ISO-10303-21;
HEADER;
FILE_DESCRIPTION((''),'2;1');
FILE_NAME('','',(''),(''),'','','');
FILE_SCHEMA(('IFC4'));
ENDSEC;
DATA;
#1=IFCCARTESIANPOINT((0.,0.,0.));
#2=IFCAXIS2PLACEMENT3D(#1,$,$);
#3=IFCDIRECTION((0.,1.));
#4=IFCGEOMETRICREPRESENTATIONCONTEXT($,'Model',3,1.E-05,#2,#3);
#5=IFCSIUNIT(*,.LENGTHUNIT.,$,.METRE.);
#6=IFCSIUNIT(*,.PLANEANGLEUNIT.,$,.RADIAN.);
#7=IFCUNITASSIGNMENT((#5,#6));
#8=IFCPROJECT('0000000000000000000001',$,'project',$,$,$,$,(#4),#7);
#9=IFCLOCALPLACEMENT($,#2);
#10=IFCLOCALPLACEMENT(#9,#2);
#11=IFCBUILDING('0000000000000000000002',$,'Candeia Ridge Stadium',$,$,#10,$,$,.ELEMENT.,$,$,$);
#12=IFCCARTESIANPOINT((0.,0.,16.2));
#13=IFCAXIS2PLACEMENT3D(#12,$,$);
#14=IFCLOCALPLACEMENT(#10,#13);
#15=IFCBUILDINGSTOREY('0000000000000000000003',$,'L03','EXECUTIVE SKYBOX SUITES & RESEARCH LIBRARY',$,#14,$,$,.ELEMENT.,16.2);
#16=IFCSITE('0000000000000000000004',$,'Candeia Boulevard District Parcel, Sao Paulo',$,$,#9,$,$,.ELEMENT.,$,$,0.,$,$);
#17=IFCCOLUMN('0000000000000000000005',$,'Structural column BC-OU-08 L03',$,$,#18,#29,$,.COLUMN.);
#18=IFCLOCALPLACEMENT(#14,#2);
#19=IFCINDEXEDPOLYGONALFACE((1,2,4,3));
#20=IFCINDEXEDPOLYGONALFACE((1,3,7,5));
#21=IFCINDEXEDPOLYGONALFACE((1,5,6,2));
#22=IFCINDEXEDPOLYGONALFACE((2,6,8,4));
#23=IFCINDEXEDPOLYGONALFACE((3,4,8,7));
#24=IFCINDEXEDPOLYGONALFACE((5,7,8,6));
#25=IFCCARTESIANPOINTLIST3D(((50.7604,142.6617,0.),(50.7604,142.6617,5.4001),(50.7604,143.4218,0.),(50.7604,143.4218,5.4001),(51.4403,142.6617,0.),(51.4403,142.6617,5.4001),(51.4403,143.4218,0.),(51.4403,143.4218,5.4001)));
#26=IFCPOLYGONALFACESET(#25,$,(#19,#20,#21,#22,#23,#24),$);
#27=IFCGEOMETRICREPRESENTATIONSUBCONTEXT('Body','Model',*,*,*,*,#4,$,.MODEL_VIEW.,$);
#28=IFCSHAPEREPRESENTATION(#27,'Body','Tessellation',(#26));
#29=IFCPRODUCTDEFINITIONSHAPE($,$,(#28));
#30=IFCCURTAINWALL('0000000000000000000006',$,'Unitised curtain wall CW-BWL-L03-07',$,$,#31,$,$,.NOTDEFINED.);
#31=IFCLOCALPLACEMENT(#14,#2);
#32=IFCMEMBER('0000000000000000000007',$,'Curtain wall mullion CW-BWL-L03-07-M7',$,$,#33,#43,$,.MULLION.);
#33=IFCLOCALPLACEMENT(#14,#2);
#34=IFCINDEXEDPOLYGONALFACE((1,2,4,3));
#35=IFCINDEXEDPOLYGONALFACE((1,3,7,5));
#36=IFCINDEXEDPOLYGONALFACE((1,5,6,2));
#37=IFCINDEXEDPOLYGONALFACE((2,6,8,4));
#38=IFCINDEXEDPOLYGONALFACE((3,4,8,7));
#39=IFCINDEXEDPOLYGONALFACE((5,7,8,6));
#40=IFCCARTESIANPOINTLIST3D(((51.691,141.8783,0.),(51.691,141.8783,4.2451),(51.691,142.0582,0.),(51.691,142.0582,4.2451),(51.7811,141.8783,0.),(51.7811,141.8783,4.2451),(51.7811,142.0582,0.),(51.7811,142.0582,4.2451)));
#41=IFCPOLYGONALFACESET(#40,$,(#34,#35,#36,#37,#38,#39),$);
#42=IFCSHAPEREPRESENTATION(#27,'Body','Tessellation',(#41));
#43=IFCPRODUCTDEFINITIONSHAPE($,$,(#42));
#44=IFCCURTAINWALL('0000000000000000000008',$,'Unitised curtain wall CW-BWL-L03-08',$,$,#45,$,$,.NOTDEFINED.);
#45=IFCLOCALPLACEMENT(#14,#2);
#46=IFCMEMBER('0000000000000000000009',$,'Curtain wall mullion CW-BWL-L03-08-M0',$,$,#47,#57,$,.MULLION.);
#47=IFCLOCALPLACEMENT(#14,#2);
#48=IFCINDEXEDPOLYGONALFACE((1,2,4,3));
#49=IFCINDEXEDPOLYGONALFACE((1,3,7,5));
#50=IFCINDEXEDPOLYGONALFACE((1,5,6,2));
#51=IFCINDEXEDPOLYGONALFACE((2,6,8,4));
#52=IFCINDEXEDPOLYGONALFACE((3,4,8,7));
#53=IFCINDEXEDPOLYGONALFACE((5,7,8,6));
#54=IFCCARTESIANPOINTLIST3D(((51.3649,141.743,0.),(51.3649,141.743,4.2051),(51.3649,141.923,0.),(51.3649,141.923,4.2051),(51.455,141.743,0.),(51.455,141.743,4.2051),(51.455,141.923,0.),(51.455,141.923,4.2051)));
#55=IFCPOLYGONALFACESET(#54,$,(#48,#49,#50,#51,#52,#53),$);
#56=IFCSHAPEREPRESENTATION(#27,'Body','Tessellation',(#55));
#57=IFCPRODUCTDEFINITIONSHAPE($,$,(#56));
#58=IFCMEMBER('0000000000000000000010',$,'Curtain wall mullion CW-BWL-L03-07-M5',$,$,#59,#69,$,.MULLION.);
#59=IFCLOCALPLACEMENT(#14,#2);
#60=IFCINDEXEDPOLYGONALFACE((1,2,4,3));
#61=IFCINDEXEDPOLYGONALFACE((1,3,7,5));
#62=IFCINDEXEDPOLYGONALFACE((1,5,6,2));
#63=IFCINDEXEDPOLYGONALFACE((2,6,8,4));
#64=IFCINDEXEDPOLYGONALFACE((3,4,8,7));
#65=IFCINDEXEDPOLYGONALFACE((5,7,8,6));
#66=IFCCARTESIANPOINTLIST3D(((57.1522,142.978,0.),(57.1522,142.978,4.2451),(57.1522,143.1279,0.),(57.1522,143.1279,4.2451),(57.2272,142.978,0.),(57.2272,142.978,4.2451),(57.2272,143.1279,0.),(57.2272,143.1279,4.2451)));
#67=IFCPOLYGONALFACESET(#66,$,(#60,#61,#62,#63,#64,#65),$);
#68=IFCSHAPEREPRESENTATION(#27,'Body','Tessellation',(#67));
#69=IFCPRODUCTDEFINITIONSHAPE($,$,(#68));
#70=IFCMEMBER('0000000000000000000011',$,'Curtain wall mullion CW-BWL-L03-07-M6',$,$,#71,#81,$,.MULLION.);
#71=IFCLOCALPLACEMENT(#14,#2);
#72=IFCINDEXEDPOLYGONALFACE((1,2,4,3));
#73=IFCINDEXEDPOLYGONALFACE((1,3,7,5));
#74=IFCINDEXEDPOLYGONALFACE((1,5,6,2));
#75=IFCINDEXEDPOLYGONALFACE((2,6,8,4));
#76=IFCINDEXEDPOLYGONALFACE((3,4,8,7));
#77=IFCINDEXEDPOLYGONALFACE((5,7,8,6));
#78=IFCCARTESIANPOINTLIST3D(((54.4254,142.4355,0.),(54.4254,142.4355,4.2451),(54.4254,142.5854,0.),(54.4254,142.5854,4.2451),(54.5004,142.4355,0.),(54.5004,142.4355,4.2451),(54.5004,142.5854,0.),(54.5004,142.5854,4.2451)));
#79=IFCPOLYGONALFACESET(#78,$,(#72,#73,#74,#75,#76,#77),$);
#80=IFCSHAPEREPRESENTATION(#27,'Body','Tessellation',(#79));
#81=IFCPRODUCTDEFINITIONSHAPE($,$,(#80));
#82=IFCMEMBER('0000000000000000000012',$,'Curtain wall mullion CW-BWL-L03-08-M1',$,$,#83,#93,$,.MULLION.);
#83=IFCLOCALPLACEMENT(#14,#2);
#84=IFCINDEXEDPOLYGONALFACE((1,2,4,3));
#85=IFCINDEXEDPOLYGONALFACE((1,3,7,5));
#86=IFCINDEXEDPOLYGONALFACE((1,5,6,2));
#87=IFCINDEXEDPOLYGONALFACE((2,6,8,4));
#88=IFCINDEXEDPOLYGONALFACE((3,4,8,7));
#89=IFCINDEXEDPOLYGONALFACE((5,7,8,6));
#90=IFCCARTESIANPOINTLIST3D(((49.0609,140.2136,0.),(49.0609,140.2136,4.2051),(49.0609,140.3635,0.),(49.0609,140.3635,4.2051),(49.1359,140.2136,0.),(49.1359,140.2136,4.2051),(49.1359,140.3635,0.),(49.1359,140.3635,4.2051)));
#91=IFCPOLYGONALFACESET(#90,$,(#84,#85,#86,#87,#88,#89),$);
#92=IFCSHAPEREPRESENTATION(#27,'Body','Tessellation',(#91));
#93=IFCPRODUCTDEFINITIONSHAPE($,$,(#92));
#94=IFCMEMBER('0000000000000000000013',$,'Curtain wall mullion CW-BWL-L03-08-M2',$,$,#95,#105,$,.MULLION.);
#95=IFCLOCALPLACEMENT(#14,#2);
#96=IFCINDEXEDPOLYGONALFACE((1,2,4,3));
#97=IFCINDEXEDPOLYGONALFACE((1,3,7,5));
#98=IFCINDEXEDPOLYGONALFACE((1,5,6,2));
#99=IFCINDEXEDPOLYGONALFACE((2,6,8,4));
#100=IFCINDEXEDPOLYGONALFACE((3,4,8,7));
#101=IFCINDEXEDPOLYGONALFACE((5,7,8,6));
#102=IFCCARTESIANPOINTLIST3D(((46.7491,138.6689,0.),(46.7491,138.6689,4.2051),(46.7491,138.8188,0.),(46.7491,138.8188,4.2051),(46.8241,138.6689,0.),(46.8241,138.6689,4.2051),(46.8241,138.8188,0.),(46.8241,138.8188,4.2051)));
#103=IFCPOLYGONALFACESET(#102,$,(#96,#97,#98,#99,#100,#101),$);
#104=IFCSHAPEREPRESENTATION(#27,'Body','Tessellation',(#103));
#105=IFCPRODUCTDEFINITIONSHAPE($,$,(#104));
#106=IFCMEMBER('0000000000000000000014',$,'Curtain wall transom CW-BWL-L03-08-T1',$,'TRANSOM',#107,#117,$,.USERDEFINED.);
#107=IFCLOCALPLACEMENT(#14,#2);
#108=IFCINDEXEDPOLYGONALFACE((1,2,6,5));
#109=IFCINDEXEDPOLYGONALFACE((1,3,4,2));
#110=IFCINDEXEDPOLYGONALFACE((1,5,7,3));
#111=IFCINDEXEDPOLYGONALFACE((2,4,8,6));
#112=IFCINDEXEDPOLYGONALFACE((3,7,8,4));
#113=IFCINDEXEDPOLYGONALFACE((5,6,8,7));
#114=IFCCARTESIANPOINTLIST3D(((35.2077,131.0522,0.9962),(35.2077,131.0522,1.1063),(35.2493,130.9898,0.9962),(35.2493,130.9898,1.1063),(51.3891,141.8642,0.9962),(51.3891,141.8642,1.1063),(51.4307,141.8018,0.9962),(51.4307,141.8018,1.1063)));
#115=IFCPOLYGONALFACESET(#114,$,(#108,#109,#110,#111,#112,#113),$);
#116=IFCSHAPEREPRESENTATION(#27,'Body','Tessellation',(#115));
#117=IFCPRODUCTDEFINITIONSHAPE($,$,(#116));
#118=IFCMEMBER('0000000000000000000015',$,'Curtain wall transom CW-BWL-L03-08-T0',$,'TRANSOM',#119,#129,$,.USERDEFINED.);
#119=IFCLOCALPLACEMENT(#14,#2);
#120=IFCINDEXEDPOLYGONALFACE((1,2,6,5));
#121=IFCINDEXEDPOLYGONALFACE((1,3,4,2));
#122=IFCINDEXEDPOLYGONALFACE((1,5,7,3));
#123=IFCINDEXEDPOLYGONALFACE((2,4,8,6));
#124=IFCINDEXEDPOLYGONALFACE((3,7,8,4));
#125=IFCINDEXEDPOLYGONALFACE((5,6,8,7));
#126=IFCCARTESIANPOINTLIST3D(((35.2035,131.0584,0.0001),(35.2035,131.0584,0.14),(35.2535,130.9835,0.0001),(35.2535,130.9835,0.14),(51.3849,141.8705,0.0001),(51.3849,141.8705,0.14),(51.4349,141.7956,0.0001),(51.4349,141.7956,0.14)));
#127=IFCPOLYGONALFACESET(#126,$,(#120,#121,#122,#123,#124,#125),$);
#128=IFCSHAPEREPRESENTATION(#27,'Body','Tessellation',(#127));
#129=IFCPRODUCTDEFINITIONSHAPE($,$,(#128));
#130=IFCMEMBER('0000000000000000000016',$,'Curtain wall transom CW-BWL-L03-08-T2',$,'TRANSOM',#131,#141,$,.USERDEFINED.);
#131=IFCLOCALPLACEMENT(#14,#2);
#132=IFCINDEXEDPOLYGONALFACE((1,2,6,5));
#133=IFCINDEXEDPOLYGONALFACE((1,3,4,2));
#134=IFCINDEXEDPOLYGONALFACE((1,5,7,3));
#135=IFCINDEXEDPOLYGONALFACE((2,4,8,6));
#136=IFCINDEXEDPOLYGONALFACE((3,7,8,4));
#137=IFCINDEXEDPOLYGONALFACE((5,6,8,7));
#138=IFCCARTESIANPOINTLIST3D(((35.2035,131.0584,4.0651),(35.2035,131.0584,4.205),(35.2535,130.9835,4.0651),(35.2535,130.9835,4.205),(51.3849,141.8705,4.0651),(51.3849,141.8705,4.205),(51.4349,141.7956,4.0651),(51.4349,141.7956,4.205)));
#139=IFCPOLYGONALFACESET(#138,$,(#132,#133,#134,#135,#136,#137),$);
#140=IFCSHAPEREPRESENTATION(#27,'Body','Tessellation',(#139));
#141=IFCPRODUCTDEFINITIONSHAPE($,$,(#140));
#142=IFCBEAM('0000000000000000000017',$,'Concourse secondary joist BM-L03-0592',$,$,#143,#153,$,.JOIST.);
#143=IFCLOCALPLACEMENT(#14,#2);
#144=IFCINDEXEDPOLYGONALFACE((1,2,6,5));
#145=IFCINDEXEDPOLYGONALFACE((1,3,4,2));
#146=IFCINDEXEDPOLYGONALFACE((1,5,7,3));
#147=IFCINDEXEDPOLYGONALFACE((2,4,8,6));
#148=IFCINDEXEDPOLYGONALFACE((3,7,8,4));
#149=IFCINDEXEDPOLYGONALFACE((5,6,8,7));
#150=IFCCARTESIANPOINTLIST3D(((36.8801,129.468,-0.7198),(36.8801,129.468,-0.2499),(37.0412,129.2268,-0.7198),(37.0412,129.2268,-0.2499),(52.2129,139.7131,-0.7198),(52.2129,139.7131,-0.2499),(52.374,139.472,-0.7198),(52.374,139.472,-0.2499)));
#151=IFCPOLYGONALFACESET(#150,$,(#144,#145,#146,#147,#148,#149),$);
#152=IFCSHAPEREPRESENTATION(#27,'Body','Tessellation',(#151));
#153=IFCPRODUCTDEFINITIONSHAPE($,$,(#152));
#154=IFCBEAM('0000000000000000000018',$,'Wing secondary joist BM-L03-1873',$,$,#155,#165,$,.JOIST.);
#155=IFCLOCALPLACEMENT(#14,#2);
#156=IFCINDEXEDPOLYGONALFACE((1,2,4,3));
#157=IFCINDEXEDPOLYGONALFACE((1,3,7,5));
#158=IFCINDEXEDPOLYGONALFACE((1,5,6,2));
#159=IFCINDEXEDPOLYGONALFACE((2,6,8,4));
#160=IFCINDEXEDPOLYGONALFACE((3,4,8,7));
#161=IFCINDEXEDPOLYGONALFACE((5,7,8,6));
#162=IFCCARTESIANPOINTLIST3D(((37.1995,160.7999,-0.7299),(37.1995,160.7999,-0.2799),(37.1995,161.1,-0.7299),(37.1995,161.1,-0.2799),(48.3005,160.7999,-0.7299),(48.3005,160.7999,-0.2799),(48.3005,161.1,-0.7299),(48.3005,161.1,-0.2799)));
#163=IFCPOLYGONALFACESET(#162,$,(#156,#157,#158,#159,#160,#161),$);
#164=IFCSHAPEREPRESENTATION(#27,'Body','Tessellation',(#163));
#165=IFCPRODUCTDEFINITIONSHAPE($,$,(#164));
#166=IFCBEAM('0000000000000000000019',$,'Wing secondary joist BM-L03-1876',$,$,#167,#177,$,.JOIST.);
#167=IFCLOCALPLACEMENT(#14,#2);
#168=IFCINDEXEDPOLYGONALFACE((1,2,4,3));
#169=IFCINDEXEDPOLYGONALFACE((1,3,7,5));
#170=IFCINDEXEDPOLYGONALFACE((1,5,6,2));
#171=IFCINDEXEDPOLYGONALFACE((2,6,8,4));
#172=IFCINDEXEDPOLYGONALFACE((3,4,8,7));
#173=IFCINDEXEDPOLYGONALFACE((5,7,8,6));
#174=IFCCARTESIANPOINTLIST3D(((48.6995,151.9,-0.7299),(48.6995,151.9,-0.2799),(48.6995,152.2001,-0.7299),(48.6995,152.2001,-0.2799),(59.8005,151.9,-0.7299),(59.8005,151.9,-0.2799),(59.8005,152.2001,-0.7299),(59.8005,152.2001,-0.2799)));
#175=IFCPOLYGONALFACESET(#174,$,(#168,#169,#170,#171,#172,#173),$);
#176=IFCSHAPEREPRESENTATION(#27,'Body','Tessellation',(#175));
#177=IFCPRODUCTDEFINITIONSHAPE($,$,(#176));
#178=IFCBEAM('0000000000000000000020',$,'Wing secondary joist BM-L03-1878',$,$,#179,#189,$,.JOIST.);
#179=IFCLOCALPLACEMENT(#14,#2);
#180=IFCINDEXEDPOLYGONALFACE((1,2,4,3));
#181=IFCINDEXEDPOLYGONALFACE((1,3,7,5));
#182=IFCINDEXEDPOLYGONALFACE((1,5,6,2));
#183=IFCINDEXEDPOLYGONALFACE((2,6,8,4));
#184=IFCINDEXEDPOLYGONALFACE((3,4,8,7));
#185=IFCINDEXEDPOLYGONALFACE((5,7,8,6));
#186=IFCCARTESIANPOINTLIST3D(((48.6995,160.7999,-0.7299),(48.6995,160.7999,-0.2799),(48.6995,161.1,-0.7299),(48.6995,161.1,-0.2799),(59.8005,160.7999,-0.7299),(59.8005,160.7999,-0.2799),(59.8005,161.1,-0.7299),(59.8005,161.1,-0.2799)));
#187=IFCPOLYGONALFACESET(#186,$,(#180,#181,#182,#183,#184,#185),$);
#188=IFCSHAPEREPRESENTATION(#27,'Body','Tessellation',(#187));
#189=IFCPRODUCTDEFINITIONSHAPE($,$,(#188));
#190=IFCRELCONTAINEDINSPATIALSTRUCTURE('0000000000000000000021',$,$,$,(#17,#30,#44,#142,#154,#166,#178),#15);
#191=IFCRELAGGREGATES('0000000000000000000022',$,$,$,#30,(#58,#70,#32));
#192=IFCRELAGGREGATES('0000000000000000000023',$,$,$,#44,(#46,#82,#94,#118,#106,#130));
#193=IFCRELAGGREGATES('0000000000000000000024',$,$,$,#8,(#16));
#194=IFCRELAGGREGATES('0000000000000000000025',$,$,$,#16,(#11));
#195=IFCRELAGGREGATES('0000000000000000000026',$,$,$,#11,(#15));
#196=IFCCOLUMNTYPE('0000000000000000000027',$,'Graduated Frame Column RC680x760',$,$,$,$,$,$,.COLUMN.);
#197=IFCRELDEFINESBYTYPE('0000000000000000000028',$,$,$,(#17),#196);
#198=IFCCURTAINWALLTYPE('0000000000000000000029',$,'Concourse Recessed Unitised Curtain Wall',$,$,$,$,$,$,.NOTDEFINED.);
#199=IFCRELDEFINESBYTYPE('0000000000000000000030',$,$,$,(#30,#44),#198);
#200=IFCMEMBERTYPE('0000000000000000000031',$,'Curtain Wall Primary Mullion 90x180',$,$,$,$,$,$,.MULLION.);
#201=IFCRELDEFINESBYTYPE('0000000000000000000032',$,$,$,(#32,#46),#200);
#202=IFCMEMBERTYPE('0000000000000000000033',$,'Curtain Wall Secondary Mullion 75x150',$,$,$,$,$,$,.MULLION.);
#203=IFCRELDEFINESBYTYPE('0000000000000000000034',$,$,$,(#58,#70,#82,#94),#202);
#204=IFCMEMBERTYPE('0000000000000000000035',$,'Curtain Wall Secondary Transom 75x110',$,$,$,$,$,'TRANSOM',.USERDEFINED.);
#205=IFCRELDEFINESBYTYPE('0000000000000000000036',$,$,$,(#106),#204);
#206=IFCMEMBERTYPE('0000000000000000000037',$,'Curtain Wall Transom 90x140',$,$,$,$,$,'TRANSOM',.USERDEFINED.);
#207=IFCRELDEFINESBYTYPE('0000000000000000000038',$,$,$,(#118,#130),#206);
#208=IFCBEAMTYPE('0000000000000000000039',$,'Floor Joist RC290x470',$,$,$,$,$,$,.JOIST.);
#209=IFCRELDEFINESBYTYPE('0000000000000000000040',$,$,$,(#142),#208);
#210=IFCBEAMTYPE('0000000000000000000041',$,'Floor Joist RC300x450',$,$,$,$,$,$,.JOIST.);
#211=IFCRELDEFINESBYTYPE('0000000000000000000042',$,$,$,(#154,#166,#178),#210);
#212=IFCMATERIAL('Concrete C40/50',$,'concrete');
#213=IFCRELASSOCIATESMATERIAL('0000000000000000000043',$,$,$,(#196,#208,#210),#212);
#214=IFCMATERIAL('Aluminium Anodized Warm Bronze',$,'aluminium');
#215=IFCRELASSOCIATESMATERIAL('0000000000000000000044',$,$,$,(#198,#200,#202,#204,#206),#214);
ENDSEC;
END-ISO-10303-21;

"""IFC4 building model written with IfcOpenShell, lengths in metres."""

from ifc_helpers import new_model, si_unit, direction, frame, origin, origin_2d, place, context, subcontext, project, spatial, rectangle, extrude, material, material_profile, profile_set, type_object, element, aggregate, save


model = new_model("IFC4")

# Units and contexts
model_context = context("Model", 3, precision=1e-05, world=origin(), true_north=direction((0.0, 1.0)))
body_context = subcontext(model_context, "Body", "Model", "MODEL_VIEW")
ifc_project = project(units=[si_unit("LENGTHUNIT", "METRE"), si_unit("PLANEANGLEUNIT", "RADIAN")], contexts=[model_context])

# Site, building, storey
site_placement = place(None, origin())
site = spatial("IfcSite", under=ifc_project, at=site_placement, Name="Candeia Boulevard District Parcel, Sao Paulo", CompositionType="ELEMENT", RefElevation=0.0)
building_placement = place(site_placement, origin())
building = spatial("IfcBuilding", under=site, at=building_placement, Name="Candeia Ridge Stadium", CompositionType="ELEMENT")
storey_placement = place(building_placement, frame((0.0, 0.0, 16.2)))
storey = spatial("IfcBuildingStorey", under=building, at=storey_placement, Name="L03", Description="EXECUTIVE SKYBOX SUITES & RESEARCH LIBRARY", CompositionType="ELEMENT", Elevation=16.2)

# Column
ifc_material_1 = material(Name="Concrete C40/50", Category="concrete")
ifc_material_profile_1 = material_profile(ifc_material_1, rectangle(XDim=0.6799, YDim=0.76, at=origin_2d()), Name="RC680x760", Category="concrete")
ifc_profile_set_1 = profile_set([ifc_material_profile_1], Name="Concrete C40/50")
column_type = type_object("IfcColumnType", Name="Graduated Frame Column RC680x760", PredefinedType="COLUMN", material=ifc_profile_set_1)
column_placement = place(storey_placement, frame((51.1003, 143.0417, 0.0), z_axis=(0.0, 0.0, 1.0), x_axis=(1.0, 0.0, 0.0)))
element("IfcColumn", 1, at=column_placement, inside=storey, type_object=column_type, Name="Structural column BC-OU-08 L03", PredefinedType="COLUMN", context=body_context, shape_type="SweptSolid", body=[
    extrude(rectangle(XDim=0.6799, YDim=0.76, at=origin_2d()), origin(), (0.0, 0.0, 1.0), 5.4001),
])

# Curtain walls, members
ifc_material_2 = material(Name="Aluminium Anodized Warm Bronze", Category="aluminium")
curtain_wall_type = type_object("IfcCurtainWallType", Name="Concourse Recessed Unitised Curtain Wall", PredefinedType="NOTDEFINED", material=ifc_material_2)
curtain_wall_1_placement = place(storey_placement, origin())
curtain_wall_1 = element("IfcCurtainWall", 2, at=curtain_wall_1_placement, inside=storey, type_object=curtain_wall_type, Name="Unitised curtain wall CW-BWL-L03-07", PredefinedType="NOTDEFINED")
ifc_material_profile_2 = material_profile(ifc_material_2, rectangle(XDim=0.0901, YDim=0.1799, at=origin_2d()), Name="CWM-90x180", Category="aluminium")
ifc_profile_set_2 = profile_set([ifc_material_profile_2], Name="Aluminium Anodized Warm Bronze")
member_type_1 = type_object("IfcMemberType", Name="Curtain Wall Primary Mullion 90x180", PredefinedType="MULLION", material=ifc_profile_set_2)
member_1_placement = place(storey_placement, frame((51.7361, 141.9683, 0.0), z_axis=(0.0, 0.0, 1.0), x_axis=(1.0, 0.0, 0.0)))
member_1 = element("IfcMember", 3, at=member_1_placement, type_object=member_type_1, Name="Curtain wall mullion CW-BWL-L03-07-M7", PredefinedType="MULLION", context=body_context, shape_type="SweptSolid", body=[
    extrude(rectangle(XDim=0.0901, YDim=0.1799, at=origin_2d()), origin(), (0.0, 0.0, 1.0), 4.2451),
])
curtain_wall_2_placement = place(storey_placement, origin())
curtain_wall_2 = element("IfcCurtainWall", 4, at=curtain_wall_2_placement, inside=storey, type_object=curtain_wall_type, Name="Unitised curtain wall CW-BWL-L03-08", PredefinedType="NOTDEFINED")
member_2_placement = place(storey_placement, frame((51.4099, 141.833, 0.0), z_axis=(0.0, 0.0, 1.0), x_axis=(1.0, 0.0, 0.0)))
member_2 = element("IfcMember", 5, at=member_2_placement, type_object=member_type_1, Name="Curtain wall mullion CW-BWL-L03-08-M0", PredefinedType="MULLION", context=body_context, shape_type="SweptSolid", body=[
    extrude(rectangle(XDim=0.0901, YDim=0.1799, at=origin_2d()), origin(), (0.0, 0.0, 1.0), 4.2051),
])

# Members
ifc_material_profile_3 = material_profile(ifc_material_2, rectangle(XDim=0.075, YDim=0.1499, at=origin_2d()), Name="CWM-75x150", Category="aluminium")
ifc_profile_set_3 = profile_set([ifc_material_profile_3], Name="Aluminium Anodized Warm Bronze")
member_type_2 = type_object("IfcMemberType", Name="Curtain Wall Secondary Mullion 75x150", PredefinedType="MULLION", material=ifc_profile_set_3)
member_3_placement = place(storey_placement, frame((57.1897, 143.053, 0.0), z_axis=(0.0, 0.0, 1.0), x_axis=(1.0, 0.0, 0.0)))
member_3 = element("IfcMember", 6, at=member_3_placement, type_object=member_type_2, Name="Curtain wall mullion CW-BWL-L03-07-M5", PredefinedType="MULLION", context=body_context, shape_type="SweptSolid", body=[
    extrude(rectangle(XDim=0.075, YDim=0.1499, at=origin_2d()), origin(), (0.0, 0.0, 1.0), 4.2451),
])
member_4_placement = place(storey_placement, frame((54.4629, 142.5105, 0.0), z_axis=(0.0, 0.0, 1.0), x_axis=(1.0, 0.0, 0.0)))
member_4 = element("IfcMember", 7, at=member_4_placement, type_object=member_type_2, Name="Curtain wall mullion CW-BWL-L03-07-M6", PredefinedType="MULLION", context=body_context, shape_type="SweptSolid", body=[
    extrude(rectangle(XDim=0.075, YDim=0.1499, at=origin_2d()), origin(), (0.0, 0.0, 1.0), 4.2451),
])
member_5_placement = place(storey_placement, frame((49.0984, 140.2886, 0.0), z_axis=(0.0, 0.0, 1.0), x_axis=(1.0, 0.0, 0.0)))
member_5 = element("IfcMember", 8, at=member_5_placement, type_object=member_type_2, Name="Curtain wall mullion CW-BWL-L03-08-M1", PredefinedType="MULLION", context=body_context, shape_type="SweptSolid", body=[
    extrude(rectangle(XDim=0.075, YDim=0.1499, at=origin_2d()), origin(), (0.0, 0.0, 1.0), 4.2051),
])
member_6_placement = place(storey_placement, frame((46.7866, 138.7439, 0.0), z_axis=(0.0, 0.0, 1.0), x_axis=(1.0, 0.0, 0.0)))
member_6 = element("IfcMember", 9, at=member_6_placement, type_object=member_type_2, Name="Curtain wall mullion CW-BWL-L03-08-M2", PredefinedType="MULLION", context=body_context, shape_type="SweptSolid", body=[
    extrude(rectangle(XDim=0.075, YDim=0.1499, at=origin_2d()), origin(), (0.0, 0.0, 1.0), 4.2051),
])
ifc_material_profile_4 = material_profile(ifc_material_2, rectangle(XDim=0.075, YDim=0.1101, at=origin_2d()), Name="CWT-75x110", Category="aluminium")
ifc_profile_set_4 = profile_set([ifc_material_profile_4], Name="Aluminium Anodized Warm Bronze")
member_type_3 = type_object("IfcMemberType", Name="Curtain Wall Secondary Transom 75x110", ElementType="TRANSOM", PredefinedType="USERDEFINED", material=ifc_profile_set_4)
member_7_placement = place(storey_placement, frame((51.4099, 141.833, 1.0513), z_axis=(-0.831471, -0.555568, 0.0), x_axis=(0.555568, -0.831471, 0.0)))
member_7 = element("IfcMember", 10, at=member_7_placement, type_object=member_type_3, Name="Curtain wall transom CW-BWL-L03-08-T1", ObjectType="TRANSOM", PredefinedType="USERDEFINED", context=body_context, shape_type="SweptSolid", body=[
    extrude(rectangle(XDim=0.075, YDim=0.1101, at=origin_2d()), origin(), (0.0, 0.0, 1.0), 19.4612),
])
ifc_material_profile_5 = material_profile(ifc_material_2, rectangle(XDim=0.0901, YDim=0.1399, at=origin_2d()), Name="CWT-90x140", Category="aluminium")
ifc_profile_set_5 = profile_set([ifc_material_profile_5], Name="Aluminium Anodized Warm Bronze")
member_type_4 = type_object("IfcMemberType", Name="Curtain Wall Transom 90x140", ElementType="TRANSOM", PredefinedType="USERDEFINED", material=ifc_profile_set_5)
member_8_placement = place(storey_placement, frame((51.4099, 141.833, 0.0701), z_axis=(-0.831471, -0.555568, 0.0), x_axis=(0.555568, -0.831471, 0.0)))
member_8 = element("IfcMember", 11, at=member_8_placement, type_object=member_type_4, Name="Curtain wall transom CW-BWL-L03-08-T0", ObjectType="TRANSOM", PredefinedType="USERDEFINED", context=body_context, shape_type="SweptSolid", body=[
    extrude(rectangle(XDim=0.0901, YDim=0.1399, at=origin_2d()), origin(), (0.0, 0.0, 1.0), 19.4612),
])
member_9_placement = place(storey_placement, frame((51.4099, 141.833, 4.135), z_axis=(-0.831471, -0.555568, 0.0), x_axis=(0.555568, -0.831471, 0.0)))
member_9 = element("IfcMember", 12, at=member_9_placement, type_object=member_type_4, Name="Curtain wall transom CW-BWL-L03-08-T2", ObjectType="TRANSOM", PredefinedType="USERDEFINED", context=body_context, shape_type="SweptSolid", body=[
    extrude(rectangle(XDim=0.0901, YDim=0.1399, at=origin_2d()), origin(), (0.0, 0.0, 1.0), 19.4612),
])

# Beams
ifc_material_profile_6 = material_profile(ifc_material_1, rectangle(XDim=0.29, YDim=0.47, at=origin_2d()), Name="RC290x470", Category="concrete")
ifc_profile_set_6 = profile_set([ifc_material_profile_6], Name="Concrete C40/50")
beam_type_1 = type_object("IfcBeamType", Name="Floor Joist RC290x470", PredefinedType="JOIST", material=ifc_profile_set_6)
beam_1_placement = place(storey_placement, frame((52.2935, 139.5925, -0.4849), z_axis=(-0.831467, -0.555574, 0.0), x_axis=(0.555574, -0.831467, 0.0)))
element("IfcBeam", 13, at=beam_1_placement, inside=storey, type_object=beam_type_1, Name="Concourse secondary joist BM-L03-0592", PredefinedType="JOIST", context=body_context, shape_type="SweptSolid", body=[
    extrude(rectangle(XDim=0.29, YDim=0.47, at=origin_2d()), origin(), (0.0, 0.0, 1.0), 18.4407),
])
ifc_material_profile_7 = material_profile(ifc_material_1, rectangle(XDim=0.3, YDim=0.45, at=origin_2d()), Name="RC300x450", Category="concrete")
ifc_profile_set_7 = profile_set([ifc_material_profile_7], Name="Concrete C40/50")
beam_type_2 = type_object("IfcBeamType", Name="Floor Joist RC300x450", PredefinedType="JOIST", material=ifc_profile_set_7)
for number, where, z_axis, x_axis, name in (
    (14, (37.1995, 160.95, -0.5049), (1.0, 0.0, 0.0), (0.0, 1.0, 0.0), "Wing secondary joist BM-L03-1873"),
    (15, (48.6995, 152.05, -0.5049), (1.0, 0.0, 0.0), (0.0, 1.0, 0.0), "Wing secondary joist BM-L03-1876"),
    (16, (48.6995, 160.95, -0.5049), (1.0, 0.0, 0.0), (0.0, 1.0, 0.0), "Wing secondary joist BM-L03-1878"),
):
    element("IfcBeam", number, at=place(storey_placement, frame(where, z_axis=z_axis, x_axis=x_axis)), inside=storey, type_object=beam_type_2, Name=name, PredefinedType="JOIST", context=body_context, shape_type="SweptSolid", body=[
        extrude(rectangle(XDim=0.3, YDim=0.45, at=origin_2d()), origin(), (0.0, 0.0, 1.0), 11.1011),
    ])

aggregate(curtain_wall_1, [member_3, member_4, member_1])
aggregate(curtain_wall_2, [member_2, member_5, member_6, member_8, member_7, member_9])

save(model, "model.ifc")
